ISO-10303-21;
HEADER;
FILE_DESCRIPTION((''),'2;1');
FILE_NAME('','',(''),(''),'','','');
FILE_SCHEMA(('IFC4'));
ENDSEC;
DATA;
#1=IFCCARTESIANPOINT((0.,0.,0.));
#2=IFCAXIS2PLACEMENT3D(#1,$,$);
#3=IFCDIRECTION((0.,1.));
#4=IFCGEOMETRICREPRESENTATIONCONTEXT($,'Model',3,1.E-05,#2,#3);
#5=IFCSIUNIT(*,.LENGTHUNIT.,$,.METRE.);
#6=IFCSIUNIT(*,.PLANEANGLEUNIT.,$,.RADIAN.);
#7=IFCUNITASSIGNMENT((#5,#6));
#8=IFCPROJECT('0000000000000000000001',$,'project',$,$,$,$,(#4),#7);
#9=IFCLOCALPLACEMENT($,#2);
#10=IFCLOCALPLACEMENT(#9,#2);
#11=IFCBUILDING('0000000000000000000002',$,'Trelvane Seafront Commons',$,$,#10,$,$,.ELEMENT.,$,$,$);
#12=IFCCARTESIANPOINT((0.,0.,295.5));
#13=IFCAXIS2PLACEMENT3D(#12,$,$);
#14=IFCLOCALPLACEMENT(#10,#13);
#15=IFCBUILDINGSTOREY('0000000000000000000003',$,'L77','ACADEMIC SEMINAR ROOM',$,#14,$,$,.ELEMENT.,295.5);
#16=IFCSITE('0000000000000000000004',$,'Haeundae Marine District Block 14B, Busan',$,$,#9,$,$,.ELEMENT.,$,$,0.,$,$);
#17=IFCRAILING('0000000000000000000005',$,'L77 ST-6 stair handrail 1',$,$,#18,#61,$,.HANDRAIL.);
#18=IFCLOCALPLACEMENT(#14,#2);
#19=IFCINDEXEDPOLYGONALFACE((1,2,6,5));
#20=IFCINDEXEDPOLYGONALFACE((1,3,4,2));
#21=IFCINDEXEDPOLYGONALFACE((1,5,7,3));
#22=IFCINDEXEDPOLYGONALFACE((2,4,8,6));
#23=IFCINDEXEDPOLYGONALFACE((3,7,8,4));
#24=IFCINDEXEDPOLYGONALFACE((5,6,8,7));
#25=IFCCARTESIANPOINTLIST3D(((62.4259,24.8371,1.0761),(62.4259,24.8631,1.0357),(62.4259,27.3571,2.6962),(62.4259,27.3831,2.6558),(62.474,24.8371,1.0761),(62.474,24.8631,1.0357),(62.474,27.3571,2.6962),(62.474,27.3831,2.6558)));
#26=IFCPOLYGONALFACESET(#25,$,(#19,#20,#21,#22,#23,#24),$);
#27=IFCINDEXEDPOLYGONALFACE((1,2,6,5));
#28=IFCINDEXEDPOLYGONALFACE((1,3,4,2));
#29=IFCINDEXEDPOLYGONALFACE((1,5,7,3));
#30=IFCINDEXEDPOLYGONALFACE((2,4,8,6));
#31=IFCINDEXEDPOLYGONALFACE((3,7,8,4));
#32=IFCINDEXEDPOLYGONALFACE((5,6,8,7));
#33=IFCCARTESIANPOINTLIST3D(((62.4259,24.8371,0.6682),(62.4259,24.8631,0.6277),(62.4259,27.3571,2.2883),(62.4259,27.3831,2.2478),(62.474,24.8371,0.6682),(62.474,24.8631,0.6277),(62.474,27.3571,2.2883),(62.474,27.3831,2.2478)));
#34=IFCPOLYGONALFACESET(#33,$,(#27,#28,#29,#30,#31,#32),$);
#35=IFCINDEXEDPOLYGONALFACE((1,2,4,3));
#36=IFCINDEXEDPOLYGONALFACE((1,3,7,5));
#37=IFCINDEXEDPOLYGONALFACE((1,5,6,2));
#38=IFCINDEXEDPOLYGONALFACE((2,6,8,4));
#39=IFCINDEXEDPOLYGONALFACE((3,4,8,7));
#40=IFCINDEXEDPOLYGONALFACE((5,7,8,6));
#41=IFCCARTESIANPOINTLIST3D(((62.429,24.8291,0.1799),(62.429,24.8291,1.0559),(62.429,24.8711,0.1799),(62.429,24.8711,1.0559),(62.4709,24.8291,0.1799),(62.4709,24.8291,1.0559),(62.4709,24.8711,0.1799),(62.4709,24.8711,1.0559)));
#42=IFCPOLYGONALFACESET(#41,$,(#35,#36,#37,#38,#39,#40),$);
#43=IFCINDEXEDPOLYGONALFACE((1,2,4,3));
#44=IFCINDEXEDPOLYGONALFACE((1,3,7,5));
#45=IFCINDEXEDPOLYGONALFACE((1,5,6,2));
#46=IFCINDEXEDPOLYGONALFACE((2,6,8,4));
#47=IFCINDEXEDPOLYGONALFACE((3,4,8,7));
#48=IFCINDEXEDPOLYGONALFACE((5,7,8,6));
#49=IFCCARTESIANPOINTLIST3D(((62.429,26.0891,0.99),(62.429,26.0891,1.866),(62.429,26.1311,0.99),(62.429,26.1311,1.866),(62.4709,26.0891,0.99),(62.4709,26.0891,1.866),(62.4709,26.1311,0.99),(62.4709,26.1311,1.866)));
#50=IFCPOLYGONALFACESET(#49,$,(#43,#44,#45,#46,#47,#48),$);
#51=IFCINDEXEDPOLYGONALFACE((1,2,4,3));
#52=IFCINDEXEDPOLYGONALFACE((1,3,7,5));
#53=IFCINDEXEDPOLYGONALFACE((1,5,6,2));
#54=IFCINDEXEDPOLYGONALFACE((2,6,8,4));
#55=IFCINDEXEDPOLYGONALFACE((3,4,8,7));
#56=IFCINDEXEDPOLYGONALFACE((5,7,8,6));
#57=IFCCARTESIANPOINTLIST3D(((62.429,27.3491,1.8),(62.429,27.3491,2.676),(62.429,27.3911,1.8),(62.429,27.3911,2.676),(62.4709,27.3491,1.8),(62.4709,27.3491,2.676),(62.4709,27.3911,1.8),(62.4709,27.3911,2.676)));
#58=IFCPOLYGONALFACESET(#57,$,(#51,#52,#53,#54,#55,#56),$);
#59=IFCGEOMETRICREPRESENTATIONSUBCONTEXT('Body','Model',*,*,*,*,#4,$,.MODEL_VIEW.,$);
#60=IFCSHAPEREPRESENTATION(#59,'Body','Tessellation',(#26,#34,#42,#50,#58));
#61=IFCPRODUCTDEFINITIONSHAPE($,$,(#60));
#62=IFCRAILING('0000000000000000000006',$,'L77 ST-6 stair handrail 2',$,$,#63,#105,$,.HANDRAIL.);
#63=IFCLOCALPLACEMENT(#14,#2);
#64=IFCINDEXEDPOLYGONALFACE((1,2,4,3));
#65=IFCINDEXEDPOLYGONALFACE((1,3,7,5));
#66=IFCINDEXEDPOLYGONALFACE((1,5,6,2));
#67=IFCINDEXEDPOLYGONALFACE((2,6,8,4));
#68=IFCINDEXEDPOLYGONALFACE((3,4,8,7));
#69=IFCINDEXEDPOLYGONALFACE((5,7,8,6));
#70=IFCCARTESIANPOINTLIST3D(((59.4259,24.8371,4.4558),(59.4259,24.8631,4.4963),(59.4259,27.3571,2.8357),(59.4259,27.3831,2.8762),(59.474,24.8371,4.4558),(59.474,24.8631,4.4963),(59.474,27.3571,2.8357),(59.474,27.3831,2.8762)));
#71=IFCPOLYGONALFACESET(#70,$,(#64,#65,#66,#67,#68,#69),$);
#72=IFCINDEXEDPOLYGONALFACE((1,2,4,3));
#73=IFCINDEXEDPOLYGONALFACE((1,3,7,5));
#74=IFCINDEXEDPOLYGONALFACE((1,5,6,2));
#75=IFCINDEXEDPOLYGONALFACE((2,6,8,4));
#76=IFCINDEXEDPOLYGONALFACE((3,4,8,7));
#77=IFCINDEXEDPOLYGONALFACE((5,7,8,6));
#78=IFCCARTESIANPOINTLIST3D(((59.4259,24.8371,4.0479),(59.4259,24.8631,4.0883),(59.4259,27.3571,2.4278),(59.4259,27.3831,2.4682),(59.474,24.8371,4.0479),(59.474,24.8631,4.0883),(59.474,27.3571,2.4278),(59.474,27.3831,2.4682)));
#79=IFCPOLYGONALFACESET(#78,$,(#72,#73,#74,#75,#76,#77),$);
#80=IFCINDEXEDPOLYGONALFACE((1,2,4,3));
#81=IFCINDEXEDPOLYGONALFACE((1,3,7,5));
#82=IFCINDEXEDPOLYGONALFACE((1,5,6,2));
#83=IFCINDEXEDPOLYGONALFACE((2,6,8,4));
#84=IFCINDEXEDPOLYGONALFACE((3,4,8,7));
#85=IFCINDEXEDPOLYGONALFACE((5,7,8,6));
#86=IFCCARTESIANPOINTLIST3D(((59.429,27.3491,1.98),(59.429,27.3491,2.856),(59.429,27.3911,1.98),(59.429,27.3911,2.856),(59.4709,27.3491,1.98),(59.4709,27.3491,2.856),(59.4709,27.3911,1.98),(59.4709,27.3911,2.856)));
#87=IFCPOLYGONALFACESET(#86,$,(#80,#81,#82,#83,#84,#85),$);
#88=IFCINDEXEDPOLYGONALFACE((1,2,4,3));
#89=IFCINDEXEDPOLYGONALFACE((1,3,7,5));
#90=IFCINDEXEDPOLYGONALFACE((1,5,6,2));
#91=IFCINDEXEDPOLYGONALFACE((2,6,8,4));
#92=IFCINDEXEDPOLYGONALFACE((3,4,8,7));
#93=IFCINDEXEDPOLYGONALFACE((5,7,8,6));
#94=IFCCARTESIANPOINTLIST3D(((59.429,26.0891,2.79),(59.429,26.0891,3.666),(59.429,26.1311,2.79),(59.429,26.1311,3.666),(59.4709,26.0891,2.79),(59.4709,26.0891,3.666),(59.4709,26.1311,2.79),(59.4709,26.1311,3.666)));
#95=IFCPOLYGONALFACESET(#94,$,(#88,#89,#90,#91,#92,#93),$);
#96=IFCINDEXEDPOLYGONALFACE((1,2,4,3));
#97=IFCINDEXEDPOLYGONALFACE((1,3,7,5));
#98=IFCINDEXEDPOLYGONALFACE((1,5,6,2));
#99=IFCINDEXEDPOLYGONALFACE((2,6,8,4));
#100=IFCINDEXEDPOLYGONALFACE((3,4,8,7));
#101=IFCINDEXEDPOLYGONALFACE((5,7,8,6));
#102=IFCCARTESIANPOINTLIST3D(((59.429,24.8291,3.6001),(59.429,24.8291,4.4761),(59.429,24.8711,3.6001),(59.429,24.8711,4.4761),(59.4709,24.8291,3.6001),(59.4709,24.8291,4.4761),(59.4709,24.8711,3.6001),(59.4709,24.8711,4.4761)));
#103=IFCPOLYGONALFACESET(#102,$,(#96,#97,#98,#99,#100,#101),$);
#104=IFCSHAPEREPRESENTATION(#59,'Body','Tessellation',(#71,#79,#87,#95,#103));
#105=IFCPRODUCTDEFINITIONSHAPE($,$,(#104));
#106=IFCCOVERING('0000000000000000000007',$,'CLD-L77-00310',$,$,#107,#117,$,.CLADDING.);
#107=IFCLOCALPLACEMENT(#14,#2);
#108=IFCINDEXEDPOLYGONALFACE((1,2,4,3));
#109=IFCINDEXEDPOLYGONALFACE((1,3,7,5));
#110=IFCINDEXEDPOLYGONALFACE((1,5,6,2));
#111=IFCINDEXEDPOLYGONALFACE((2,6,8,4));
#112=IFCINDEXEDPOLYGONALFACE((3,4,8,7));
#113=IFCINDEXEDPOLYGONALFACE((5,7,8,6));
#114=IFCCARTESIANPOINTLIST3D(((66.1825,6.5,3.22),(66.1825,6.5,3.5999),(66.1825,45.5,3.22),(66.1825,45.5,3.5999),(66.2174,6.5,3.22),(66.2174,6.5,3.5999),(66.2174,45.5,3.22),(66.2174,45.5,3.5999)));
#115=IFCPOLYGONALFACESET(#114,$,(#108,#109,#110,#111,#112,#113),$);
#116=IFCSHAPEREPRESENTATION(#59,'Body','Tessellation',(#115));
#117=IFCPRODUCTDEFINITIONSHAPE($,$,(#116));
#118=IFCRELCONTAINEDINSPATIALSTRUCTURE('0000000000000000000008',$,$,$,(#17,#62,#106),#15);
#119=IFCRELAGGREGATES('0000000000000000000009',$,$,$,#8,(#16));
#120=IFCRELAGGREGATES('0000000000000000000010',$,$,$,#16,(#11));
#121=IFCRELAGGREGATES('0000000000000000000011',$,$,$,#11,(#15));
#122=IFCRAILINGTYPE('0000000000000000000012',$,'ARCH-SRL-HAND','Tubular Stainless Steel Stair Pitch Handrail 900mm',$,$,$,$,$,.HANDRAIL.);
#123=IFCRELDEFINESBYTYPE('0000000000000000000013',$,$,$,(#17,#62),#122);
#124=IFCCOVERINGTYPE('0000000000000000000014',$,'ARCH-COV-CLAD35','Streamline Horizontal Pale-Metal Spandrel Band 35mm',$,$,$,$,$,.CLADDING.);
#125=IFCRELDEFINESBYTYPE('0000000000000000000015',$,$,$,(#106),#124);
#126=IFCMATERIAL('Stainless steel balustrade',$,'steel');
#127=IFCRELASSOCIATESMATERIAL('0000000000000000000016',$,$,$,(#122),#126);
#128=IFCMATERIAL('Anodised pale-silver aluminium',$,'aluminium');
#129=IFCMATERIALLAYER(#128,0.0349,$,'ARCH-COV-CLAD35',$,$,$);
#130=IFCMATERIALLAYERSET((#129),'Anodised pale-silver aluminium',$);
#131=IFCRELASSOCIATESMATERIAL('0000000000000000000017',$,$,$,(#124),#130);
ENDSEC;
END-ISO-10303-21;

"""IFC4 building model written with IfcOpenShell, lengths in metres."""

from ifc_helpers import new_model, si_unit, direction, frame, origin, origin_2d, place, context, subcontext, project, spatial, rectangle, extrude, source, transform, mapped, material, layer, layer_set, type_object, element, save


model = new_model("IFC4")

# Units and contexts
model_context = context("Model", 3, precision=1e-05, world=origin(), true_north=direction((0.0, 1.0)))
body_context = subcontext(model_context, "Body", "Model", "MODEL_VIEW")
ifc_project = project(units=[si_unit("LENGTHUNIT", "METRE"), si_unit("PLANEANGLEUNIT", "RADIAN")], contexts=[model_context])

# Site, building, storey
site_placement = place(None, origin())
site = spatial("IfcSite", under=ifc_project, at=site_placement, Name="Haeundae Marine District Block 14B, Busan", CompositionType="ELEMENT", RefElevation=0.0)
building_placement = place(site_placement, origin())
building = spatial("IfcBuilding", under=site, at=building_placement, Name="Trelvane Seafront Commons", CompositionType="ELEMENT")
storey_placement = place(building_placement, frame((0.0, 0.0, 295.5)))
storey = spatial("IfcBuildingStorey", under=building, at=storey_placement, Name="L77", Description="ACADEMIC SEMINAR ROOM", CompositionType="ELEMENT", Elevation=295.5)

# Railings
ifc_material_1 = material(Name="Stainless steel balustrade", Category="steel")
railing_type_1 = type_object("IfcRailingType", Name="ARCH-SRL-HAND", Description="Tubular Stainless Steel Stair Pitch Handrail 900mm", PredefinedType="HANDRAIL", material=ifc_material_1)
railing_1_placement = place(storey_placement, frame((62.45, 24.8501, 0.1799)))
element("IfcRailing", 1, at=railing_1_placement, inside=storey, type_object=railing_type_1, Name="L77 ST-6 stair handrail 1", PredefinedType="HANDRAIL", context=body_context, shape_type="SweptSolid", body=[
    extrude(rectangle(XDim=0.0481, YDim=0.0481, at=origin_2d()), frame((0.0, 0.0, 0.876), z_axis=(0.0, 0.841163, 0.540782), x_axis=(-1.0, 0.0, 0.0)), (0.0, 0.0, 1.0), 2.9958),
    extrude(rectangle(XDim=0.0481, YDim=0.0481, at=origin_2d()), frame((0.0, 0.0, 0.468), z_axis=(0.0, 0.841163, 0.540782), x_axis=(-1.0, 0.0, 0.0)), (0.0, 0.0, 1.0), 2.9958),
    extrude(rectangle(XDim=0.042, YDim=0.042, at=origin_2d()), origin(), (0.0, 0.0, 1.0), 0.876),
    extrude(rectangle(XDim=0.042, YDim=0.042, at=origin_2d()), frame((0.0, 1.26, 0.8101)), (0.0, 0.0, 1.0), 0.876),
    extrude(rectangle(XDim=0.042, YDim=0.042, at=origin_2d()), frame((0.0, 2.52, 1.6201)), (0.0, 0.0, 1.0), 0.876),
])
railing_2_placement = place(storey_placement, frame((59.45, 27.3701, 1.98)))
element("IfcRailing", 2, at=railing_2_placement, inside=storey, type_object=railing_type_1, Name="L77 ST-6 stair handrail 2", PredefinedType="HANDRAIL", context=body_context, shape_type="SweptSolid", body=[
    extrude(rectangle(XDim=0.0481, YDim=0.0481, at=origin_2d()), frame((0.0, 0.0, 0.876), z_axis=(0.0, -0.841163, 0.540782), x_axis=(1.0, 0.0, 0.0)), (0.0, 0.0, 1.0), 2.9958),
    extrude(rectangle(XDim=0.0481, YDim=0.0481, at=origin_2d()), frame((0.0, 0.0, 0.468), z_axis=(0.0, -0.841163, 0.540782), x_axis=(1.0, 0.0, 0.0)), (0.0, 0.0, 1.0), 2.9958),
    extrude(rectangle(XDim=0.042, YDim=0.042, at=origin_2d()), origin(), (0.0, 0.0, 1.0), 0.876),
    extrude(rectangle(XDim=0.042, YDim=0.042, at=origin_2d()), frame((0.0, -1.26, 0.8101)), (0.0, 0.0, 1.0), 0.876),
    extrude(rectangle(XDim=0.042, YDim=0.042, at=origin_2d()), frame((0.0, -2.52, 1.6201)), (0.0, 0.0, 1.0), 0.876),
])

# Covering
ifc_material_2 = material(Name="Anodised pale-silver aluminium", Category="aluminium")
ifc_layer_1 = layer(ifc_material_2, 0.0349, Name="ARCH-COV-CLAD35")
ifc_layer_set_1 = layer_set([ifc_layer_1], Name="Anodised pale-silver aluminium")
covering_type = type_object("IfcCoveringType", Name="ARCH-COV-CLAD35", Description="Streamline Horizontal Pale-Metal Spandrel Band 35mm", PredefinedType="CLADDING", material=ifc_layer_set_1)
shared_shape_1 = source(origin(), body_context, "Body", "SweptSolid", [
    extrude(rectangle(XDim=39.0, YDim=0.0349, at=origin_2d()), origin(), (0.0, 0.0, 1.0), 0.3799),
])
covering_placement = place(storey_placement, frame((66.2, 26.0, 3.22), z_axis=(0.0, 0.0, 1.0), x_axis=(0.0, -1.0, 0.0)))
element("IfcCovering", 3, at=covering_placement, inside=storey, type_object=covering_type, Name="CLD-L77-00310", PredefinedType="CLADDING", context=body_context, shape_type="MappedRepresentation", body=[
    mapped(shared_shape_1, transform((0.0, 0.0, 0.0), x_axis=(1.0, 0.0, 0.0), y_axis=(0.0, 1.0, 0.0), z_axis=(0.0, 0.0, 1.0), scale=1.0)),
])

save(model, "model.ifc")
